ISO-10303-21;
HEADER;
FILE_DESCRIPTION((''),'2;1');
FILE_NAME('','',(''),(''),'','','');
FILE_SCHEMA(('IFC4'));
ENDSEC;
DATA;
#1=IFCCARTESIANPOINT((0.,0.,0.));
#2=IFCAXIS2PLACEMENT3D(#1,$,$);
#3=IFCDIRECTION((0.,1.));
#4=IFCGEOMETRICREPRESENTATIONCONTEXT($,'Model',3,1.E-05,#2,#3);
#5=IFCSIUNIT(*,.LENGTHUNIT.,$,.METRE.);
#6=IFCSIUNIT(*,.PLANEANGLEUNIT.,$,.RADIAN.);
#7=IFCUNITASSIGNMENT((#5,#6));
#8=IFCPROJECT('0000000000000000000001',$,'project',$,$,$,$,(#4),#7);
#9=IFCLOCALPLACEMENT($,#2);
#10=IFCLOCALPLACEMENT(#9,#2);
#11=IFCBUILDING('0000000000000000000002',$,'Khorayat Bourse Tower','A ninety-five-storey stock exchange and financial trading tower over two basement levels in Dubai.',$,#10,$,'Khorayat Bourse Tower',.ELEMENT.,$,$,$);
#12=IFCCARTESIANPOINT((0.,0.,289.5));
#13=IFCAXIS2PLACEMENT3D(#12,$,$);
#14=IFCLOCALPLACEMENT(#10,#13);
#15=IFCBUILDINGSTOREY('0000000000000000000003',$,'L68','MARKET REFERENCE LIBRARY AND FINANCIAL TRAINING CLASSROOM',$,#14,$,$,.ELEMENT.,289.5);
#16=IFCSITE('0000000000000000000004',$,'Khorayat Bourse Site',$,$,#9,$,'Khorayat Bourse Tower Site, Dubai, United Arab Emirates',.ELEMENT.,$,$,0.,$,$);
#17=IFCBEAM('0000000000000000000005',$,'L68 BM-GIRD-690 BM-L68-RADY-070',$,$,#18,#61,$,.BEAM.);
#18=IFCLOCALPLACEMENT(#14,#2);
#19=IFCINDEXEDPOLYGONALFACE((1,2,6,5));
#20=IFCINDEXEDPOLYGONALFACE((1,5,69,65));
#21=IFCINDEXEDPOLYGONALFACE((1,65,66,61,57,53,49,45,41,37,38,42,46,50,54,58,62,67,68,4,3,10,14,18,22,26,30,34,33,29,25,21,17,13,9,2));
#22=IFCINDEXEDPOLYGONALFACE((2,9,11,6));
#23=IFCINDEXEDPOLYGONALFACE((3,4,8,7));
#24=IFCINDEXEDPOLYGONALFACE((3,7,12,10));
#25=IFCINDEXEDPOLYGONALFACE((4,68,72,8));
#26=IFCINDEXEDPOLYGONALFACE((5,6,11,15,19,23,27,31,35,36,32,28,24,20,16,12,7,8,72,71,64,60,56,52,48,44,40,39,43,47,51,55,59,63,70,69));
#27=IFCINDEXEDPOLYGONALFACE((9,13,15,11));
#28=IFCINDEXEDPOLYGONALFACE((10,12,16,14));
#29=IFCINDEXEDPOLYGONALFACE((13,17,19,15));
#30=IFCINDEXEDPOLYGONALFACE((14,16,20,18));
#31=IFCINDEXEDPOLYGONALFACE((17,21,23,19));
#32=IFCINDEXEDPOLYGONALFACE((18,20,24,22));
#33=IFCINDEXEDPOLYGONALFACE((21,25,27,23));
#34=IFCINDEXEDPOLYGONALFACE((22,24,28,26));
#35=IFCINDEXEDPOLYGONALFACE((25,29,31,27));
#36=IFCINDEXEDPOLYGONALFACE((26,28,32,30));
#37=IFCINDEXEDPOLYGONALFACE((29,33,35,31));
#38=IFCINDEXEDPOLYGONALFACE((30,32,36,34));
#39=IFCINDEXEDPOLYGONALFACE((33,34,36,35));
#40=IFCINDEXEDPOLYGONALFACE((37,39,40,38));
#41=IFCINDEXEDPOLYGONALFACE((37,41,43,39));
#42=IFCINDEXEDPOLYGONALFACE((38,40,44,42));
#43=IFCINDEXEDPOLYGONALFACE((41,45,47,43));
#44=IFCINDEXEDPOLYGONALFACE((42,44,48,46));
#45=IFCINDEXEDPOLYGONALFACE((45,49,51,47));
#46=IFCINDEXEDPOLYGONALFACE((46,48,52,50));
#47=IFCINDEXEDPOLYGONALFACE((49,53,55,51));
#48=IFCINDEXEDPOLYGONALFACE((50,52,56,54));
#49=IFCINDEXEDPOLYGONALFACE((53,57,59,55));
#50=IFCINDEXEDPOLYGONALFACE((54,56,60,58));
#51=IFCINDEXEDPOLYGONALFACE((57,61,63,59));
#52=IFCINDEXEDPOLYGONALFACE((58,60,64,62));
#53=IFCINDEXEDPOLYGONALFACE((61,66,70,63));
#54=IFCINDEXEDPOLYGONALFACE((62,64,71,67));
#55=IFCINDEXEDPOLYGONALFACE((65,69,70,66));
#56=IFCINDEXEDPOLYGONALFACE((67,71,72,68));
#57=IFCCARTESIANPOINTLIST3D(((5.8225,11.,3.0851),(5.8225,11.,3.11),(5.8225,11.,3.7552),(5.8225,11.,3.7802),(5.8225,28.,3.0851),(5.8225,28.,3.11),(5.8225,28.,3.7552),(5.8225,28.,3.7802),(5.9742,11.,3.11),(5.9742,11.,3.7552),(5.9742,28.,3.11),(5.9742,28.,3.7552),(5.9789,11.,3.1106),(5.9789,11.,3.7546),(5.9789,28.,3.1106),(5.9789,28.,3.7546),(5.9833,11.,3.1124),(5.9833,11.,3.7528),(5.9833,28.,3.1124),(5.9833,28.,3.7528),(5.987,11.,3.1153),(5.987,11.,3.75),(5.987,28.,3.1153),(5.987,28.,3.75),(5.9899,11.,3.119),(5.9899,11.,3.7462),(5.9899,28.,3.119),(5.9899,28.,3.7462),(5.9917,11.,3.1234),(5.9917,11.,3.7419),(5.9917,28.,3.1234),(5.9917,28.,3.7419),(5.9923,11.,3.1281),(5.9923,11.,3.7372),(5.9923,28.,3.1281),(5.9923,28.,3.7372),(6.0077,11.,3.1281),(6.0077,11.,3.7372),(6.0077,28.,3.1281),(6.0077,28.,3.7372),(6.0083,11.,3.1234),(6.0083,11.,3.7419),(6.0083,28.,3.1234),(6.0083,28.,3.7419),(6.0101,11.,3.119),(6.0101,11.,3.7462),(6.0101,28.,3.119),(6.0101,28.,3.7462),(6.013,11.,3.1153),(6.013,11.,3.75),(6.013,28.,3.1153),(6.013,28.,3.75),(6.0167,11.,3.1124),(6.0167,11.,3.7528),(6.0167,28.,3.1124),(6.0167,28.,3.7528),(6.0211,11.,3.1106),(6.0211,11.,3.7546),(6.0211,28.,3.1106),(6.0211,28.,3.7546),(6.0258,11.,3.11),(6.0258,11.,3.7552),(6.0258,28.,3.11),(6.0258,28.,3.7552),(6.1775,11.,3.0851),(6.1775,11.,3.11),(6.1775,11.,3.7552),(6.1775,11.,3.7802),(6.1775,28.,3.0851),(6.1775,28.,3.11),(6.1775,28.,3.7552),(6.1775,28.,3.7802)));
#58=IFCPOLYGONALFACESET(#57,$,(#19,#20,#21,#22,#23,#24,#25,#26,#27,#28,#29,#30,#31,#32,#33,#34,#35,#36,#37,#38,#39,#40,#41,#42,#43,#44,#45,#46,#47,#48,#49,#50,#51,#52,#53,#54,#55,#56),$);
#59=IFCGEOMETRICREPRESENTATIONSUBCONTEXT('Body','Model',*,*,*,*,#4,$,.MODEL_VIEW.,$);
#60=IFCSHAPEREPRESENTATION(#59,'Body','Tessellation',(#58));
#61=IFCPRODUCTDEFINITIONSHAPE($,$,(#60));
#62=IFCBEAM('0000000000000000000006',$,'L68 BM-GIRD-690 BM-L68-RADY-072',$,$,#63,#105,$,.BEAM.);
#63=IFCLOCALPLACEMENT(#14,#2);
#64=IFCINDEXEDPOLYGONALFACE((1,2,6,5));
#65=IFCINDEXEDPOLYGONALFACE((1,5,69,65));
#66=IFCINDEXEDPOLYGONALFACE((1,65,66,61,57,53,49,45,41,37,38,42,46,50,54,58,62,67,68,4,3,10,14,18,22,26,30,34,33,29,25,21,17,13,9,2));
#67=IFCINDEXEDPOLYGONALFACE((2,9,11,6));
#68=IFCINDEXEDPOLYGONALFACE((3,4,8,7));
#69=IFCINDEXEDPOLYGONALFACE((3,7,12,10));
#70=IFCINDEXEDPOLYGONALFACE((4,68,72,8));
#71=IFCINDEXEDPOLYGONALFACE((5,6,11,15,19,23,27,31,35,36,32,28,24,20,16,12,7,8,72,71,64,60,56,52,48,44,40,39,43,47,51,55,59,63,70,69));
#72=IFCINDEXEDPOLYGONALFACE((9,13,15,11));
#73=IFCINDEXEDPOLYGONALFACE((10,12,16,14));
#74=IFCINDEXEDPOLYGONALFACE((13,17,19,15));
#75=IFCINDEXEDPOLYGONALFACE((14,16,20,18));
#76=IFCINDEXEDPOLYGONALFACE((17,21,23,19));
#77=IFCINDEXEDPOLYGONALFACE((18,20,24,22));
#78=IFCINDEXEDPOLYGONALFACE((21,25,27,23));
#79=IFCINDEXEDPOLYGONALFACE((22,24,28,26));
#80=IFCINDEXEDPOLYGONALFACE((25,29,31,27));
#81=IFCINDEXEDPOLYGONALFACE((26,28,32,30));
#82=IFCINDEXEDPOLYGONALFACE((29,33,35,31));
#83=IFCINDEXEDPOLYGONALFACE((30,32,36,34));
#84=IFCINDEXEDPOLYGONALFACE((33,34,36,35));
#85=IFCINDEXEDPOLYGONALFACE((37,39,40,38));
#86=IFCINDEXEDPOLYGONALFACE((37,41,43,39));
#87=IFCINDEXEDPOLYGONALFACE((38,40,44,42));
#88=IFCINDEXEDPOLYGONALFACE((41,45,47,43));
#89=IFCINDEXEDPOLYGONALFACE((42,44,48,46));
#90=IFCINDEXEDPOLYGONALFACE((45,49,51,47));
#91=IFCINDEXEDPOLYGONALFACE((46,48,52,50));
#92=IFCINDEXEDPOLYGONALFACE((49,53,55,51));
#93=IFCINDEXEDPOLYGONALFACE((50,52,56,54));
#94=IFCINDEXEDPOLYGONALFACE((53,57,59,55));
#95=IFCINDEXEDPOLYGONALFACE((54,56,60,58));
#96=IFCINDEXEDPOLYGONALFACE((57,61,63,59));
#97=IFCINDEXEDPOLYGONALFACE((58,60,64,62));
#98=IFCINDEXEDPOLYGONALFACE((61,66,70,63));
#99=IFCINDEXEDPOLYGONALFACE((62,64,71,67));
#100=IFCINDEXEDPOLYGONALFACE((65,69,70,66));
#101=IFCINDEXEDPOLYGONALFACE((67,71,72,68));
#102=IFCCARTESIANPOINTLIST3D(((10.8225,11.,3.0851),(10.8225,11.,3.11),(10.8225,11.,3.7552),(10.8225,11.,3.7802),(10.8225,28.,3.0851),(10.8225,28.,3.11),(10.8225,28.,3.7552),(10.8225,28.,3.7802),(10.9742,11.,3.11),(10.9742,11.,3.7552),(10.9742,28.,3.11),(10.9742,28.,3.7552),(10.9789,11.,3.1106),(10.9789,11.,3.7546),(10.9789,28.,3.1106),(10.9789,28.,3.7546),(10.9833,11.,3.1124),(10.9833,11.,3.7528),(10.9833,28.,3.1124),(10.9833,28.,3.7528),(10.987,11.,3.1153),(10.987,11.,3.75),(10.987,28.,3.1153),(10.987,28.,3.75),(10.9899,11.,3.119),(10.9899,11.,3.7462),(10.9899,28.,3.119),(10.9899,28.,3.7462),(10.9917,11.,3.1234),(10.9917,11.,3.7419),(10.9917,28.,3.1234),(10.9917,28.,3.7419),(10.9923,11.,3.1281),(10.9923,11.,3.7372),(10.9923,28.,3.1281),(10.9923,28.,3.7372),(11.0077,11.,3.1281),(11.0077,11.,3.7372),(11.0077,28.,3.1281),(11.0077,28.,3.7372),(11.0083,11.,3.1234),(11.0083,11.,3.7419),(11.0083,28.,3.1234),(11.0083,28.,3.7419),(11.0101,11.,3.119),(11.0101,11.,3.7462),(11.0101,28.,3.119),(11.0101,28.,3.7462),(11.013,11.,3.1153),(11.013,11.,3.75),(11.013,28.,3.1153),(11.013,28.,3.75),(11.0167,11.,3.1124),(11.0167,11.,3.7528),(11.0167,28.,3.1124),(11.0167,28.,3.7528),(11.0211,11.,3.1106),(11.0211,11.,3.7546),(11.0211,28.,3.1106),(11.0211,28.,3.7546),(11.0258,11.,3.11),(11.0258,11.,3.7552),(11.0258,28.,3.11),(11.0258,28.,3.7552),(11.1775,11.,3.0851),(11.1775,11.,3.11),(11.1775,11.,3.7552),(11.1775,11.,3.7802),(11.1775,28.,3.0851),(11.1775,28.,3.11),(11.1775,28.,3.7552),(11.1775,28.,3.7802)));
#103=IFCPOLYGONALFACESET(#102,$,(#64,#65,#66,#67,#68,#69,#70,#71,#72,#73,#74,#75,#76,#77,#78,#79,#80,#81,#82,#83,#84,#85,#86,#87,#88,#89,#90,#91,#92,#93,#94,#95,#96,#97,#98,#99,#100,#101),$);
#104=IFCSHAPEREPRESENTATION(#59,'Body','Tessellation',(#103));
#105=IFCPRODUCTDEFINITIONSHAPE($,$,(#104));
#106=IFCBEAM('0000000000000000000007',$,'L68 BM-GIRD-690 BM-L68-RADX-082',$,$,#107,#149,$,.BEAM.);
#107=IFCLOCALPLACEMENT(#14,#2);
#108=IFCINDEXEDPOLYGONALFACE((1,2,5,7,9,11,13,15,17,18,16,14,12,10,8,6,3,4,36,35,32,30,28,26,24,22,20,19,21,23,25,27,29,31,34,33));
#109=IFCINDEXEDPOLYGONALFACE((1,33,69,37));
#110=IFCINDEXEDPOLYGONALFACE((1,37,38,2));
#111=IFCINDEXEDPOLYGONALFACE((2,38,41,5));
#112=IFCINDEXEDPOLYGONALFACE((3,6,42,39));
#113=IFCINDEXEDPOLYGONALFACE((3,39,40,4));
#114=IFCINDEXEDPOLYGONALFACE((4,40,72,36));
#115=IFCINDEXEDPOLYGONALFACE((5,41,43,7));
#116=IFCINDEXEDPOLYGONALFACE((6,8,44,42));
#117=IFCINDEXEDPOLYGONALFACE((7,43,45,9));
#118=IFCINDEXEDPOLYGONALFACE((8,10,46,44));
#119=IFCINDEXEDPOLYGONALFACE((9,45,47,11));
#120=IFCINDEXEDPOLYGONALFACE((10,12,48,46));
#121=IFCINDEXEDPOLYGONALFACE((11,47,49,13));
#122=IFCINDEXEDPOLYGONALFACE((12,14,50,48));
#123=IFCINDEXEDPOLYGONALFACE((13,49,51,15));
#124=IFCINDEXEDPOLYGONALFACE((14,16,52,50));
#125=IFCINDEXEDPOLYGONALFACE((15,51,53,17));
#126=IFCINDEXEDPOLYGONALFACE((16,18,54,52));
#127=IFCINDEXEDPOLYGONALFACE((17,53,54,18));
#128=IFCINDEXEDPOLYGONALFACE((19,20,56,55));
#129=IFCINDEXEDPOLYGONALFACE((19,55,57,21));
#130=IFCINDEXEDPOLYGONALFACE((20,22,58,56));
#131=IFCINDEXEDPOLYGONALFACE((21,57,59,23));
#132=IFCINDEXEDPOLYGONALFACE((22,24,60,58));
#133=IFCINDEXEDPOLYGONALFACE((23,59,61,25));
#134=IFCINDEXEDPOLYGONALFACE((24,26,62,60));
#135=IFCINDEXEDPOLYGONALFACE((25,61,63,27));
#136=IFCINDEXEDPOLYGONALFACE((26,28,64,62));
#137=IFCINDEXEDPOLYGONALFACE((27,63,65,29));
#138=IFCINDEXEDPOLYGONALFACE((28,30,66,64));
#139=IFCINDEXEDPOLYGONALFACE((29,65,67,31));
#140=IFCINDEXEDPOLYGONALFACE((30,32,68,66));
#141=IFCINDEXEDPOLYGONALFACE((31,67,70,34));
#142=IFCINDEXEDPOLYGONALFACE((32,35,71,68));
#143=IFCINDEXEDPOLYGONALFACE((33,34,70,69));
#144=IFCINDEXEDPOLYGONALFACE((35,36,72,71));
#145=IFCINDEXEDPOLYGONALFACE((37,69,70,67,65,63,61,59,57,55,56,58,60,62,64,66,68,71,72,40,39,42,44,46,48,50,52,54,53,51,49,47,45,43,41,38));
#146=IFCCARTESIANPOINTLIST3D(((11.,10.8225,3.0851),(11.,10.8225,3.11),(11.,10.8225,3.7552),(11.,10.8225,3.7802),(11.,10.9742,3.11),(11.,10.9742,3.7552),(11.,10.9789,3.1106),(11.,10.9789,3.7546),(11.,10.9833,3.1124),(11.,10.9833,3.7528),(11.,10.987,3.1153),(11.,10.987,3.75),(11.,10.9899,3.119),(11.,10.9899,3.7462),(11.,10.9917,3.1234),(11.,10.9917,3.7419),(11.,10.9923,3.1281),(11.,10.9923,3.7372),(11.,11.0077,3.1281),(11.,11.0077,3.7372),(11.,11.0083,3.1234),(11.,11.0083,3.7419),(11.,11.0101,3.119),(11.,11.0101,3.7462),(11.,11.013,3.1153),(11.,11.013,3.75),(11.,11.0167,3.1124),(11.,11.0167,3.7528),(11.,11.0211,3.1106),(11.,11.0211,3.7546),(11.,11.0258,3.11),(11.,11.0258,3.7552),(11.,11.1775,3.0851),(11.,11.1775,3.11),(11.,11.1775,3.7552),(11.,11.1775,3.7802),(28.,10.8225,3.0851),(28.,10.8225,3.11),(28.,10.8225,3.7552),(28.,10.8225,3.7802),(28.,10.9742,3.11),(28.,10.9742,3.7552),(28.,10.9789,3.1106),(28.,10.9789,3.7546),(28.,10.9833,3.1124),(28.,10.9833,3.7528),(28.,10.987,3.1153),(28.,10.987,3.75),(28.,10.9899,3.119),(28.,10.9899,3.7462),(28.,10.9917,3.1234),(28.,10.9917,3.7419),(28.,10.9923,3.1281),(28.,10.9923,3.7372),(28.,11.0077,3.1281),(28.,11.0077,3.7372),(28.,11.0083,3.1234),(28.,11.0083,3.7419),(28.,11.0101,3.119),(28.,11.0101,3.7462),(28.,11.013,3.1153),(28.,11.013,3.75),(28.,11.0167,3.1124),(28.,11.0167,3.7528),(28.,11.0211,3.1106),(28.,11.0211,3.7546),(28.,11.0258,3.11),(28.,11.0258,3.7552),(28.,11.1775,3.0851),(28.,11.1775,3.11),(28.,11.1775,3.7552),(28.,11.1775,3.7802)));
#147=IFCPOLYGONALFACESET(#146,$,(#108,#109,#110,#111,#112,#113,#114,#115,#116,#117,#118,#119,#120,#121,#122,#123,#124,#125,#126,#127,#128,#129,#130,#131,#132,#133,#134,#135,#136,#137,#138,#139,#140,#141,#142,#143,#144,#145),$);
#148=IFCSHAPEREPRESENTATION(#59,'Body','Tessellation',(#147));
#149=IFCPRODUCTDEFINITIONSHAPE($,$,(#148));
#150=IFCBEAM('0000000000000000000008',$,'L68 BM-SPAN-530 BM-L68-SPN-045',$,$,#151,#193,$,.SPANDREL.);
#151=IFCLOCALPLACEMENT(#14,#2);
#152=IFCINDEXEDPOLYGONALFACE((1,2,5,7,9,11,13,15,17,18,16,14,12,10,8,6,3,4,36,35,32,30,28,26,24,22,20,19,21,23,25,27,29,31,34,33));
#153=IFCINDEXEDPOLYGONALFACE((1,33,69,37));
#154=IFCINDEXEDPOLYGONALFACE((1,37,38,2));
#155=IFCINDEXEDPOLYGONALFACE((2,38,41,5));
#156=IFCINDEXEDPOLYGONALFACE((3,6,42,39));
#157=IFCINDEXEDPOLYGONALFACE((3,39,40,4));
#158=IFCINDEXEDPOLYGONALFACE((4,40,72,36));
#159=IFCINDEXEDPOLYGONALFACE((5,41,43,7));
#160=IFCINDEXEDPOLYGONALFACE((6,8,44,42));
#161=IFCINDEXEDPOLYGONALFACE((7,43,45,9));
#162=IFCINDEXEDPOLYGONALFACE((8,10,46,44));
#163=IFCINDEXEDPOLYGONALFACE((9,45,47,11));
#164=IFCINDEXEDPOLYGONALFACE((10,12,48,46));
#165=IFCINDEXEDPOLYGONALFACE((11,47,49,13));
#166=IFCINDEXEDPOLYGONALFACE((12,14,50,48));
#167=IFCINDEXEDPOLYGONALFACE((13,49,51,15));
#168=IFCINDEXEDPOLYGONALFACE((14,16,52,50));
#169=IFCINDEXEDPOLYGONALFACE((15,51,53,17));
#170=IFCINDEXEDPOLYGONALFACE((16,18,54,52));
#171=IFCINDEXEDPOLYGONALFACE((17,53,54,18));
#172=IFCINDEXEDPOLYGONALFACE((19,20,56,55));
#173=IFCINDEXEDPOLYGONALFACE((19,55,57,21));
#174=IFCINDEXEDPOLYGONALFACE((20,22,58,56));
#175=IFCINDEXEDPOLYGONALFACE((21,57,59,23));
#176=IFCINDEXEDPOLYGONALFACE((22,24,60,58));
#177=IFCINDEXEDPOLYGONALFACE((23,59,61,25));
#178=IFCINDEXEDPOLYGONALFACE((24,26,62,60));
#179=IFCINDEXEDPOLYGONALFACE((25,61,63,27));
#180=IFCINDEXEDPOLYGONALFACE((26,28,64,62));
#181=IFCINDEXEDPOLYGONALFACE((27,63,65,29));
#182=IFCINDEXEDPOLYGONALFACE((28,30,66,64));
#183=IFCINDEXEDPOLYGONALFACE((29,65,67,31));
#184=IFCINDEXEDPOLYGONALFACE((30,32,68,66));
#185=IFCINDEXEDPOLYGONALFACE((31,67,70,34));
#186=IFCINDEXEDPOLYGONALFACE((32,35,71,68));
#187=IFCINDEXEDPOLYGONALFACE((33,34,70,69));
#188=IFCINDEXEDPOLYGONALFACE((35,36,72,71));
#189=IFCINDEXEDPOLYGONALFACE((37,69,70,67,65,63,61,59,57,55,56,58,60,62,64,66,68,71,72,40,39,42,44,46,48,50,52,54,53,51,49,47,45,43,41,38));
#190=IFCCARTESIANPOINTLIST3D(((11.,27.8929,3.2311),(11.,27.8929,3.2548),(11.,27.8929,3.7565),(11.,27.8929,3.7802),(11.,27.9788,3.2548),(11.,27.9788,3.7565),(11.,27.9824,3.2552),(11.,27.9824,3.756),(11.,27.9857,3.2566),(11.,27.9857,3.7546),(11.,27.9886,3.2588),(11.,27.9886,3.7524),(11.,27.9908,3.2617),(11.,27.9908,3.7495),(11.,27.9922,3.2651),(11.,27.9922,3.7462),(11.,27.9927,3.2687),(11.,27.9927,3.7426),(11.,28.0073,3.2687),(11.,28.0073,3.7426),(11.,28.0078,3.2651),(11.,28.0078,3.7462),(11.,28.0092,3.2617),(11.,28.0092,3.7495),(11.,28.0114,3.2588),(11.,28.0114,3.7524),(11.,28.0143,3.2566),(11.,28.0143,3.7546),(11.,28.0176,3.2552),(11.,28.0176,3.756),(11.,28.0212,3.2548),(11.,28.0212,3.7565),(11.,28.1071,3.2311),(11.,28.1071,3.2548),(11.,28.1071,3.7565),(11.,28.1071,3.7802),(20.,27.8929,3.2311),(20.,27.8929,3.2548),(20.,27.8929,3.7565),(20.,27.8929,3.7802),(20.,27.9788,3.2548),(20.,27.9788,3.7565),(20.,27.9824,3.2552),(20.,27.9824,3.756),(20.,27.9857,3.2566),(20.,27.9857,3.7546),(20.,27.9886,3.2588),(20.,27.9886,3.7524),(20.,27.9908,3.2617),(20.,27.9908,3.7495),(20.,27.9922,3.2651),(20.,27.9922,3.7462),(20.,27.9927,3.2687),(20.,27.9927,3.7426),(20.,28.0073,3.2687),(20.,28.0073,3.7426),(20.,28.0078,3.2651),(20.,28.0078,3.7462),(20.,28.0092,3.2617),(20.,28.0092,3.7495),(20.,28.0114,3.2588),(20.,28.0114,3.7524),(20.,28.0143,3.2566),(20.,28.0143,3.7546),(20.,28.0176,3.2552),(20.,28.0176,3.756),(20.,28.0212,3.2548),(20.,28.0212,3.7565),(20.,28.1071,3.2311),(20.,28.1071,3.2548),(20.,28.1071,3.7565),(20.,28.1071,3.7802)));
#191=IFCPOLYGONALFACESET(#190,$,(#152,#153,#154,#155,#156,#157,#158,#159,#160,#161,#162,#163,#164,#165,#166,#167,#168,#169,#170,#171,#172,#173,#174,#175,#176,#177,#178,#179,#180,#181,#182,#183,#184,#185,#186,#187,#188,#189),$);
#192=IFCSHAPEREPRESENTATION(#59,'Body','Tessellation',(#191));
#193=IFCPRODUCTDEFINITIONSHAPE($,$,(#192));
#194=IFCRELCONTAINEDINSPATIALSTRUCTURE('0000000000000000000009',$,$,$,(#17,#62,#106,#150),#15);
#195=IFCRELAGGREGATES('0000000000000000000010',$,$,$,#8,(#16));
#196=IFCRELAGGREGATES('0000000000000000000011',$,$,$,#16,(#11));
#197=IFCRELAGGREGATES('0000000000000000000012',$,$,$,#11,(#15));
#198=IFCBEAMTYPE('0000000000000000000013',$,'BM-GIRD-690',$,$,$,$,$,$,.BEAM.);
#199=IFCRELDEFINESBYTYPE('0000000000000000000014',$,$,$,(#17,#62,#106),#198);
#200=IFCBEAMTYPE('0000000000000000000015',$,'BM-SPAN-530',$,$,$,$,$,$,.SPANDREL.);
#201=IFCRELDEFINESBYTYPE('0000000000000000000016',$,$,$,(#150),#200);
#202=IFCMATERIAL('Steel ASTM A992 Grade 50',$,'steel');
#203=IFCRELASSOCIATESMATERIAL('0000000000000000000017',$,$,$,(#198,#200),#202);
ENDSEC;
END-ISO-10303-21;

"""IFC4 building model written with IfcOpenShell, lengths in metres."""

from ifc_helpers import new_model, si_unit, direction, frame, origin, origin_2d, place, context, subcontext, project, spatial, i_section, extrude, source, transform, mapped, material, material_profile, profile_set, type_object, element, save


model = new_model("IFC4")

# Units and contexts
model_context = context("Model", 3, precision=1e-05, world=origin(), true_north=direction((0.0, 1.0)))
body_context = subcontext(model_context, "Body", "Model", "MODEL_VIEW")
ifc_project = project(units=[si_unit("LENGTHUNIT", "METRE"), si_unit("PLANEANGLEUNIT", "RADIAN")], contexts=[model_context])

# Site, building, storey
site_placement = place(None, origin())
site = spatial("IfcSite", under=ifc_project, at=site_placement, Name="Khorayat Bourse Site", LongName="Khorayat Bourse Tower Site, Dubai, United Arab Emirates", CompositionType="ELEMENT", RefElevation=0.0)
building_placement = place(site_placement, origin())
building = spatial("IfcBuilding", under=site, at=building_placement, Name="Khorayat Bourse Tower", Description="A ninety-five-storey stock exchange and financial trading tower over two basement levels in Dubai.", LongName="Khorayat Bourse Tower", CompositionType="ELEMENT")
storey_placement = place(building_placement, frame((0.0, 0.0, 289.5)))
storey = spatial("IfcBuildingStorey", under=building, at=storey_placement, Name="L68", Description="MARKET REFERENCE LIBRARY AND FINANCIAL TRAINING CLASSROOM", CompositionType="ELEMENT", Elevation=289.5)

# Beams
ifc_material_1 = material(Name="Steel ASTM A992 Grade 50", Category="steel")
ifc_material_profile_1 = material_profile(ifc_material_1, i_section(OverallWidth=0.355, OverallDepth=0.6951, WebThickness=0.0154, FlangeThickness=0.0249, FilletRadius=0.0181, at=origin_2d()), Name="W690X217")
ifc_profile_set_1 = profile_set([ifc_material_profile_1], Name="Steel ASTM A992 Grade 50")
beam_type_1 = type_object("IfcBeamType", Name="BM-GIRD-690", PredefinedType="BEAM", material=ifc_profile_set_1)
shared_shape_1 = source(origin(), body_context, "Body", "SweptSolid", [
    extrude(i_section(OverallWidth=0.355, OverallDepth=0.6951, WebThickness=0.0154, FlangeThickness=0.0249, FilletRadius=0.0181, at=origin_2d()), origin(), (0.0, 0.0, 1.0), 17.0),
])
for number, where, z_axis, x_axis, name in (
    (1, (6.0, 11.0, 3.4326), (0.0, 1.0, 0.0), (-1.0, 0.0, 0.0), "L68 BM-GIRD-690 BM-L68-RADY-070"),
    (2, (11.0, 11.0, 3.4326), (0.0, 1.0, 0.0), (-1.0, 0.0, 0.0), "L68 BM-GIRD-690 BM-L68-RADY-072"),
    (3, (11.0, 11.0, 3.4326), (1.0, 0.0, 0.0), (0.0, 1.0, 0.0), "L68 BM-GIRD-690 BM-L68-RADX-082"),
):
    element("IfcBeam", number, at=place(storey_placement, frame(where, z_axis=z_axis, x_axis=x_axis)), inside=storey, type_object=beam_type_1, Name=name, PredefinedType="BEAM", context=body_context, shape_type="MappedRepresentation", body=[
        mapped(shared_shape_1, transform((0.0, 0.0, 0.0), scale=1.0)),
    ])
ifc_material_profile_2 = material_profile(ifc_material_1, i_section(OverallWidth=0.2141, OverallDepth=0.5491, WebThickness=0.0146, FlangeThickness=0.0237, FilletRadius=0.0139, at=origin_2d()), Name="W530X138")
ifc_profile_set_2 = profile_set([ifc_material_profile_2], Name="Steel ASTM A992 Grade 50")
beam_type_2 = type_object("IfcBeamType", Name="BM-SPAN-530", PredefinedType="SPANDREL", material=ifc_profile_set_2)
shared_shape_2 = source(origin(), body_context, "Body", "SweptSolid", [
    extrude(i_section(OverallWidth=0.2141, OverallDepth=0.5491, WebThickness=0.0146, FlangeThickness=0.0237, FilletRadius=0.0139, at=origin_2d()), origin(), (0.0, 0.0, 1.0), 9.0),
])
beam_1_placement = place(storey_placement, frame((11.0, 28.0, 3.5056), z_axis=(1.0, 0.0, 0.0), x_axis=(0.0, 1.0, 0.0)))
element("IfcBeam", 4, at=beam_1_placement, inside=storey, type_object=beam_type_2, Name="L68 BM-SPAN-530 BM-L68-SPN-045", PredefinedType="SPANDREL", context=body_context, shape_type="MappedRepresentation", body=[
    mapped(shared_shape_2, transform((0.0, 0.0, 0.0), scale=1.0)),
])

save(model, "model.ifc")
